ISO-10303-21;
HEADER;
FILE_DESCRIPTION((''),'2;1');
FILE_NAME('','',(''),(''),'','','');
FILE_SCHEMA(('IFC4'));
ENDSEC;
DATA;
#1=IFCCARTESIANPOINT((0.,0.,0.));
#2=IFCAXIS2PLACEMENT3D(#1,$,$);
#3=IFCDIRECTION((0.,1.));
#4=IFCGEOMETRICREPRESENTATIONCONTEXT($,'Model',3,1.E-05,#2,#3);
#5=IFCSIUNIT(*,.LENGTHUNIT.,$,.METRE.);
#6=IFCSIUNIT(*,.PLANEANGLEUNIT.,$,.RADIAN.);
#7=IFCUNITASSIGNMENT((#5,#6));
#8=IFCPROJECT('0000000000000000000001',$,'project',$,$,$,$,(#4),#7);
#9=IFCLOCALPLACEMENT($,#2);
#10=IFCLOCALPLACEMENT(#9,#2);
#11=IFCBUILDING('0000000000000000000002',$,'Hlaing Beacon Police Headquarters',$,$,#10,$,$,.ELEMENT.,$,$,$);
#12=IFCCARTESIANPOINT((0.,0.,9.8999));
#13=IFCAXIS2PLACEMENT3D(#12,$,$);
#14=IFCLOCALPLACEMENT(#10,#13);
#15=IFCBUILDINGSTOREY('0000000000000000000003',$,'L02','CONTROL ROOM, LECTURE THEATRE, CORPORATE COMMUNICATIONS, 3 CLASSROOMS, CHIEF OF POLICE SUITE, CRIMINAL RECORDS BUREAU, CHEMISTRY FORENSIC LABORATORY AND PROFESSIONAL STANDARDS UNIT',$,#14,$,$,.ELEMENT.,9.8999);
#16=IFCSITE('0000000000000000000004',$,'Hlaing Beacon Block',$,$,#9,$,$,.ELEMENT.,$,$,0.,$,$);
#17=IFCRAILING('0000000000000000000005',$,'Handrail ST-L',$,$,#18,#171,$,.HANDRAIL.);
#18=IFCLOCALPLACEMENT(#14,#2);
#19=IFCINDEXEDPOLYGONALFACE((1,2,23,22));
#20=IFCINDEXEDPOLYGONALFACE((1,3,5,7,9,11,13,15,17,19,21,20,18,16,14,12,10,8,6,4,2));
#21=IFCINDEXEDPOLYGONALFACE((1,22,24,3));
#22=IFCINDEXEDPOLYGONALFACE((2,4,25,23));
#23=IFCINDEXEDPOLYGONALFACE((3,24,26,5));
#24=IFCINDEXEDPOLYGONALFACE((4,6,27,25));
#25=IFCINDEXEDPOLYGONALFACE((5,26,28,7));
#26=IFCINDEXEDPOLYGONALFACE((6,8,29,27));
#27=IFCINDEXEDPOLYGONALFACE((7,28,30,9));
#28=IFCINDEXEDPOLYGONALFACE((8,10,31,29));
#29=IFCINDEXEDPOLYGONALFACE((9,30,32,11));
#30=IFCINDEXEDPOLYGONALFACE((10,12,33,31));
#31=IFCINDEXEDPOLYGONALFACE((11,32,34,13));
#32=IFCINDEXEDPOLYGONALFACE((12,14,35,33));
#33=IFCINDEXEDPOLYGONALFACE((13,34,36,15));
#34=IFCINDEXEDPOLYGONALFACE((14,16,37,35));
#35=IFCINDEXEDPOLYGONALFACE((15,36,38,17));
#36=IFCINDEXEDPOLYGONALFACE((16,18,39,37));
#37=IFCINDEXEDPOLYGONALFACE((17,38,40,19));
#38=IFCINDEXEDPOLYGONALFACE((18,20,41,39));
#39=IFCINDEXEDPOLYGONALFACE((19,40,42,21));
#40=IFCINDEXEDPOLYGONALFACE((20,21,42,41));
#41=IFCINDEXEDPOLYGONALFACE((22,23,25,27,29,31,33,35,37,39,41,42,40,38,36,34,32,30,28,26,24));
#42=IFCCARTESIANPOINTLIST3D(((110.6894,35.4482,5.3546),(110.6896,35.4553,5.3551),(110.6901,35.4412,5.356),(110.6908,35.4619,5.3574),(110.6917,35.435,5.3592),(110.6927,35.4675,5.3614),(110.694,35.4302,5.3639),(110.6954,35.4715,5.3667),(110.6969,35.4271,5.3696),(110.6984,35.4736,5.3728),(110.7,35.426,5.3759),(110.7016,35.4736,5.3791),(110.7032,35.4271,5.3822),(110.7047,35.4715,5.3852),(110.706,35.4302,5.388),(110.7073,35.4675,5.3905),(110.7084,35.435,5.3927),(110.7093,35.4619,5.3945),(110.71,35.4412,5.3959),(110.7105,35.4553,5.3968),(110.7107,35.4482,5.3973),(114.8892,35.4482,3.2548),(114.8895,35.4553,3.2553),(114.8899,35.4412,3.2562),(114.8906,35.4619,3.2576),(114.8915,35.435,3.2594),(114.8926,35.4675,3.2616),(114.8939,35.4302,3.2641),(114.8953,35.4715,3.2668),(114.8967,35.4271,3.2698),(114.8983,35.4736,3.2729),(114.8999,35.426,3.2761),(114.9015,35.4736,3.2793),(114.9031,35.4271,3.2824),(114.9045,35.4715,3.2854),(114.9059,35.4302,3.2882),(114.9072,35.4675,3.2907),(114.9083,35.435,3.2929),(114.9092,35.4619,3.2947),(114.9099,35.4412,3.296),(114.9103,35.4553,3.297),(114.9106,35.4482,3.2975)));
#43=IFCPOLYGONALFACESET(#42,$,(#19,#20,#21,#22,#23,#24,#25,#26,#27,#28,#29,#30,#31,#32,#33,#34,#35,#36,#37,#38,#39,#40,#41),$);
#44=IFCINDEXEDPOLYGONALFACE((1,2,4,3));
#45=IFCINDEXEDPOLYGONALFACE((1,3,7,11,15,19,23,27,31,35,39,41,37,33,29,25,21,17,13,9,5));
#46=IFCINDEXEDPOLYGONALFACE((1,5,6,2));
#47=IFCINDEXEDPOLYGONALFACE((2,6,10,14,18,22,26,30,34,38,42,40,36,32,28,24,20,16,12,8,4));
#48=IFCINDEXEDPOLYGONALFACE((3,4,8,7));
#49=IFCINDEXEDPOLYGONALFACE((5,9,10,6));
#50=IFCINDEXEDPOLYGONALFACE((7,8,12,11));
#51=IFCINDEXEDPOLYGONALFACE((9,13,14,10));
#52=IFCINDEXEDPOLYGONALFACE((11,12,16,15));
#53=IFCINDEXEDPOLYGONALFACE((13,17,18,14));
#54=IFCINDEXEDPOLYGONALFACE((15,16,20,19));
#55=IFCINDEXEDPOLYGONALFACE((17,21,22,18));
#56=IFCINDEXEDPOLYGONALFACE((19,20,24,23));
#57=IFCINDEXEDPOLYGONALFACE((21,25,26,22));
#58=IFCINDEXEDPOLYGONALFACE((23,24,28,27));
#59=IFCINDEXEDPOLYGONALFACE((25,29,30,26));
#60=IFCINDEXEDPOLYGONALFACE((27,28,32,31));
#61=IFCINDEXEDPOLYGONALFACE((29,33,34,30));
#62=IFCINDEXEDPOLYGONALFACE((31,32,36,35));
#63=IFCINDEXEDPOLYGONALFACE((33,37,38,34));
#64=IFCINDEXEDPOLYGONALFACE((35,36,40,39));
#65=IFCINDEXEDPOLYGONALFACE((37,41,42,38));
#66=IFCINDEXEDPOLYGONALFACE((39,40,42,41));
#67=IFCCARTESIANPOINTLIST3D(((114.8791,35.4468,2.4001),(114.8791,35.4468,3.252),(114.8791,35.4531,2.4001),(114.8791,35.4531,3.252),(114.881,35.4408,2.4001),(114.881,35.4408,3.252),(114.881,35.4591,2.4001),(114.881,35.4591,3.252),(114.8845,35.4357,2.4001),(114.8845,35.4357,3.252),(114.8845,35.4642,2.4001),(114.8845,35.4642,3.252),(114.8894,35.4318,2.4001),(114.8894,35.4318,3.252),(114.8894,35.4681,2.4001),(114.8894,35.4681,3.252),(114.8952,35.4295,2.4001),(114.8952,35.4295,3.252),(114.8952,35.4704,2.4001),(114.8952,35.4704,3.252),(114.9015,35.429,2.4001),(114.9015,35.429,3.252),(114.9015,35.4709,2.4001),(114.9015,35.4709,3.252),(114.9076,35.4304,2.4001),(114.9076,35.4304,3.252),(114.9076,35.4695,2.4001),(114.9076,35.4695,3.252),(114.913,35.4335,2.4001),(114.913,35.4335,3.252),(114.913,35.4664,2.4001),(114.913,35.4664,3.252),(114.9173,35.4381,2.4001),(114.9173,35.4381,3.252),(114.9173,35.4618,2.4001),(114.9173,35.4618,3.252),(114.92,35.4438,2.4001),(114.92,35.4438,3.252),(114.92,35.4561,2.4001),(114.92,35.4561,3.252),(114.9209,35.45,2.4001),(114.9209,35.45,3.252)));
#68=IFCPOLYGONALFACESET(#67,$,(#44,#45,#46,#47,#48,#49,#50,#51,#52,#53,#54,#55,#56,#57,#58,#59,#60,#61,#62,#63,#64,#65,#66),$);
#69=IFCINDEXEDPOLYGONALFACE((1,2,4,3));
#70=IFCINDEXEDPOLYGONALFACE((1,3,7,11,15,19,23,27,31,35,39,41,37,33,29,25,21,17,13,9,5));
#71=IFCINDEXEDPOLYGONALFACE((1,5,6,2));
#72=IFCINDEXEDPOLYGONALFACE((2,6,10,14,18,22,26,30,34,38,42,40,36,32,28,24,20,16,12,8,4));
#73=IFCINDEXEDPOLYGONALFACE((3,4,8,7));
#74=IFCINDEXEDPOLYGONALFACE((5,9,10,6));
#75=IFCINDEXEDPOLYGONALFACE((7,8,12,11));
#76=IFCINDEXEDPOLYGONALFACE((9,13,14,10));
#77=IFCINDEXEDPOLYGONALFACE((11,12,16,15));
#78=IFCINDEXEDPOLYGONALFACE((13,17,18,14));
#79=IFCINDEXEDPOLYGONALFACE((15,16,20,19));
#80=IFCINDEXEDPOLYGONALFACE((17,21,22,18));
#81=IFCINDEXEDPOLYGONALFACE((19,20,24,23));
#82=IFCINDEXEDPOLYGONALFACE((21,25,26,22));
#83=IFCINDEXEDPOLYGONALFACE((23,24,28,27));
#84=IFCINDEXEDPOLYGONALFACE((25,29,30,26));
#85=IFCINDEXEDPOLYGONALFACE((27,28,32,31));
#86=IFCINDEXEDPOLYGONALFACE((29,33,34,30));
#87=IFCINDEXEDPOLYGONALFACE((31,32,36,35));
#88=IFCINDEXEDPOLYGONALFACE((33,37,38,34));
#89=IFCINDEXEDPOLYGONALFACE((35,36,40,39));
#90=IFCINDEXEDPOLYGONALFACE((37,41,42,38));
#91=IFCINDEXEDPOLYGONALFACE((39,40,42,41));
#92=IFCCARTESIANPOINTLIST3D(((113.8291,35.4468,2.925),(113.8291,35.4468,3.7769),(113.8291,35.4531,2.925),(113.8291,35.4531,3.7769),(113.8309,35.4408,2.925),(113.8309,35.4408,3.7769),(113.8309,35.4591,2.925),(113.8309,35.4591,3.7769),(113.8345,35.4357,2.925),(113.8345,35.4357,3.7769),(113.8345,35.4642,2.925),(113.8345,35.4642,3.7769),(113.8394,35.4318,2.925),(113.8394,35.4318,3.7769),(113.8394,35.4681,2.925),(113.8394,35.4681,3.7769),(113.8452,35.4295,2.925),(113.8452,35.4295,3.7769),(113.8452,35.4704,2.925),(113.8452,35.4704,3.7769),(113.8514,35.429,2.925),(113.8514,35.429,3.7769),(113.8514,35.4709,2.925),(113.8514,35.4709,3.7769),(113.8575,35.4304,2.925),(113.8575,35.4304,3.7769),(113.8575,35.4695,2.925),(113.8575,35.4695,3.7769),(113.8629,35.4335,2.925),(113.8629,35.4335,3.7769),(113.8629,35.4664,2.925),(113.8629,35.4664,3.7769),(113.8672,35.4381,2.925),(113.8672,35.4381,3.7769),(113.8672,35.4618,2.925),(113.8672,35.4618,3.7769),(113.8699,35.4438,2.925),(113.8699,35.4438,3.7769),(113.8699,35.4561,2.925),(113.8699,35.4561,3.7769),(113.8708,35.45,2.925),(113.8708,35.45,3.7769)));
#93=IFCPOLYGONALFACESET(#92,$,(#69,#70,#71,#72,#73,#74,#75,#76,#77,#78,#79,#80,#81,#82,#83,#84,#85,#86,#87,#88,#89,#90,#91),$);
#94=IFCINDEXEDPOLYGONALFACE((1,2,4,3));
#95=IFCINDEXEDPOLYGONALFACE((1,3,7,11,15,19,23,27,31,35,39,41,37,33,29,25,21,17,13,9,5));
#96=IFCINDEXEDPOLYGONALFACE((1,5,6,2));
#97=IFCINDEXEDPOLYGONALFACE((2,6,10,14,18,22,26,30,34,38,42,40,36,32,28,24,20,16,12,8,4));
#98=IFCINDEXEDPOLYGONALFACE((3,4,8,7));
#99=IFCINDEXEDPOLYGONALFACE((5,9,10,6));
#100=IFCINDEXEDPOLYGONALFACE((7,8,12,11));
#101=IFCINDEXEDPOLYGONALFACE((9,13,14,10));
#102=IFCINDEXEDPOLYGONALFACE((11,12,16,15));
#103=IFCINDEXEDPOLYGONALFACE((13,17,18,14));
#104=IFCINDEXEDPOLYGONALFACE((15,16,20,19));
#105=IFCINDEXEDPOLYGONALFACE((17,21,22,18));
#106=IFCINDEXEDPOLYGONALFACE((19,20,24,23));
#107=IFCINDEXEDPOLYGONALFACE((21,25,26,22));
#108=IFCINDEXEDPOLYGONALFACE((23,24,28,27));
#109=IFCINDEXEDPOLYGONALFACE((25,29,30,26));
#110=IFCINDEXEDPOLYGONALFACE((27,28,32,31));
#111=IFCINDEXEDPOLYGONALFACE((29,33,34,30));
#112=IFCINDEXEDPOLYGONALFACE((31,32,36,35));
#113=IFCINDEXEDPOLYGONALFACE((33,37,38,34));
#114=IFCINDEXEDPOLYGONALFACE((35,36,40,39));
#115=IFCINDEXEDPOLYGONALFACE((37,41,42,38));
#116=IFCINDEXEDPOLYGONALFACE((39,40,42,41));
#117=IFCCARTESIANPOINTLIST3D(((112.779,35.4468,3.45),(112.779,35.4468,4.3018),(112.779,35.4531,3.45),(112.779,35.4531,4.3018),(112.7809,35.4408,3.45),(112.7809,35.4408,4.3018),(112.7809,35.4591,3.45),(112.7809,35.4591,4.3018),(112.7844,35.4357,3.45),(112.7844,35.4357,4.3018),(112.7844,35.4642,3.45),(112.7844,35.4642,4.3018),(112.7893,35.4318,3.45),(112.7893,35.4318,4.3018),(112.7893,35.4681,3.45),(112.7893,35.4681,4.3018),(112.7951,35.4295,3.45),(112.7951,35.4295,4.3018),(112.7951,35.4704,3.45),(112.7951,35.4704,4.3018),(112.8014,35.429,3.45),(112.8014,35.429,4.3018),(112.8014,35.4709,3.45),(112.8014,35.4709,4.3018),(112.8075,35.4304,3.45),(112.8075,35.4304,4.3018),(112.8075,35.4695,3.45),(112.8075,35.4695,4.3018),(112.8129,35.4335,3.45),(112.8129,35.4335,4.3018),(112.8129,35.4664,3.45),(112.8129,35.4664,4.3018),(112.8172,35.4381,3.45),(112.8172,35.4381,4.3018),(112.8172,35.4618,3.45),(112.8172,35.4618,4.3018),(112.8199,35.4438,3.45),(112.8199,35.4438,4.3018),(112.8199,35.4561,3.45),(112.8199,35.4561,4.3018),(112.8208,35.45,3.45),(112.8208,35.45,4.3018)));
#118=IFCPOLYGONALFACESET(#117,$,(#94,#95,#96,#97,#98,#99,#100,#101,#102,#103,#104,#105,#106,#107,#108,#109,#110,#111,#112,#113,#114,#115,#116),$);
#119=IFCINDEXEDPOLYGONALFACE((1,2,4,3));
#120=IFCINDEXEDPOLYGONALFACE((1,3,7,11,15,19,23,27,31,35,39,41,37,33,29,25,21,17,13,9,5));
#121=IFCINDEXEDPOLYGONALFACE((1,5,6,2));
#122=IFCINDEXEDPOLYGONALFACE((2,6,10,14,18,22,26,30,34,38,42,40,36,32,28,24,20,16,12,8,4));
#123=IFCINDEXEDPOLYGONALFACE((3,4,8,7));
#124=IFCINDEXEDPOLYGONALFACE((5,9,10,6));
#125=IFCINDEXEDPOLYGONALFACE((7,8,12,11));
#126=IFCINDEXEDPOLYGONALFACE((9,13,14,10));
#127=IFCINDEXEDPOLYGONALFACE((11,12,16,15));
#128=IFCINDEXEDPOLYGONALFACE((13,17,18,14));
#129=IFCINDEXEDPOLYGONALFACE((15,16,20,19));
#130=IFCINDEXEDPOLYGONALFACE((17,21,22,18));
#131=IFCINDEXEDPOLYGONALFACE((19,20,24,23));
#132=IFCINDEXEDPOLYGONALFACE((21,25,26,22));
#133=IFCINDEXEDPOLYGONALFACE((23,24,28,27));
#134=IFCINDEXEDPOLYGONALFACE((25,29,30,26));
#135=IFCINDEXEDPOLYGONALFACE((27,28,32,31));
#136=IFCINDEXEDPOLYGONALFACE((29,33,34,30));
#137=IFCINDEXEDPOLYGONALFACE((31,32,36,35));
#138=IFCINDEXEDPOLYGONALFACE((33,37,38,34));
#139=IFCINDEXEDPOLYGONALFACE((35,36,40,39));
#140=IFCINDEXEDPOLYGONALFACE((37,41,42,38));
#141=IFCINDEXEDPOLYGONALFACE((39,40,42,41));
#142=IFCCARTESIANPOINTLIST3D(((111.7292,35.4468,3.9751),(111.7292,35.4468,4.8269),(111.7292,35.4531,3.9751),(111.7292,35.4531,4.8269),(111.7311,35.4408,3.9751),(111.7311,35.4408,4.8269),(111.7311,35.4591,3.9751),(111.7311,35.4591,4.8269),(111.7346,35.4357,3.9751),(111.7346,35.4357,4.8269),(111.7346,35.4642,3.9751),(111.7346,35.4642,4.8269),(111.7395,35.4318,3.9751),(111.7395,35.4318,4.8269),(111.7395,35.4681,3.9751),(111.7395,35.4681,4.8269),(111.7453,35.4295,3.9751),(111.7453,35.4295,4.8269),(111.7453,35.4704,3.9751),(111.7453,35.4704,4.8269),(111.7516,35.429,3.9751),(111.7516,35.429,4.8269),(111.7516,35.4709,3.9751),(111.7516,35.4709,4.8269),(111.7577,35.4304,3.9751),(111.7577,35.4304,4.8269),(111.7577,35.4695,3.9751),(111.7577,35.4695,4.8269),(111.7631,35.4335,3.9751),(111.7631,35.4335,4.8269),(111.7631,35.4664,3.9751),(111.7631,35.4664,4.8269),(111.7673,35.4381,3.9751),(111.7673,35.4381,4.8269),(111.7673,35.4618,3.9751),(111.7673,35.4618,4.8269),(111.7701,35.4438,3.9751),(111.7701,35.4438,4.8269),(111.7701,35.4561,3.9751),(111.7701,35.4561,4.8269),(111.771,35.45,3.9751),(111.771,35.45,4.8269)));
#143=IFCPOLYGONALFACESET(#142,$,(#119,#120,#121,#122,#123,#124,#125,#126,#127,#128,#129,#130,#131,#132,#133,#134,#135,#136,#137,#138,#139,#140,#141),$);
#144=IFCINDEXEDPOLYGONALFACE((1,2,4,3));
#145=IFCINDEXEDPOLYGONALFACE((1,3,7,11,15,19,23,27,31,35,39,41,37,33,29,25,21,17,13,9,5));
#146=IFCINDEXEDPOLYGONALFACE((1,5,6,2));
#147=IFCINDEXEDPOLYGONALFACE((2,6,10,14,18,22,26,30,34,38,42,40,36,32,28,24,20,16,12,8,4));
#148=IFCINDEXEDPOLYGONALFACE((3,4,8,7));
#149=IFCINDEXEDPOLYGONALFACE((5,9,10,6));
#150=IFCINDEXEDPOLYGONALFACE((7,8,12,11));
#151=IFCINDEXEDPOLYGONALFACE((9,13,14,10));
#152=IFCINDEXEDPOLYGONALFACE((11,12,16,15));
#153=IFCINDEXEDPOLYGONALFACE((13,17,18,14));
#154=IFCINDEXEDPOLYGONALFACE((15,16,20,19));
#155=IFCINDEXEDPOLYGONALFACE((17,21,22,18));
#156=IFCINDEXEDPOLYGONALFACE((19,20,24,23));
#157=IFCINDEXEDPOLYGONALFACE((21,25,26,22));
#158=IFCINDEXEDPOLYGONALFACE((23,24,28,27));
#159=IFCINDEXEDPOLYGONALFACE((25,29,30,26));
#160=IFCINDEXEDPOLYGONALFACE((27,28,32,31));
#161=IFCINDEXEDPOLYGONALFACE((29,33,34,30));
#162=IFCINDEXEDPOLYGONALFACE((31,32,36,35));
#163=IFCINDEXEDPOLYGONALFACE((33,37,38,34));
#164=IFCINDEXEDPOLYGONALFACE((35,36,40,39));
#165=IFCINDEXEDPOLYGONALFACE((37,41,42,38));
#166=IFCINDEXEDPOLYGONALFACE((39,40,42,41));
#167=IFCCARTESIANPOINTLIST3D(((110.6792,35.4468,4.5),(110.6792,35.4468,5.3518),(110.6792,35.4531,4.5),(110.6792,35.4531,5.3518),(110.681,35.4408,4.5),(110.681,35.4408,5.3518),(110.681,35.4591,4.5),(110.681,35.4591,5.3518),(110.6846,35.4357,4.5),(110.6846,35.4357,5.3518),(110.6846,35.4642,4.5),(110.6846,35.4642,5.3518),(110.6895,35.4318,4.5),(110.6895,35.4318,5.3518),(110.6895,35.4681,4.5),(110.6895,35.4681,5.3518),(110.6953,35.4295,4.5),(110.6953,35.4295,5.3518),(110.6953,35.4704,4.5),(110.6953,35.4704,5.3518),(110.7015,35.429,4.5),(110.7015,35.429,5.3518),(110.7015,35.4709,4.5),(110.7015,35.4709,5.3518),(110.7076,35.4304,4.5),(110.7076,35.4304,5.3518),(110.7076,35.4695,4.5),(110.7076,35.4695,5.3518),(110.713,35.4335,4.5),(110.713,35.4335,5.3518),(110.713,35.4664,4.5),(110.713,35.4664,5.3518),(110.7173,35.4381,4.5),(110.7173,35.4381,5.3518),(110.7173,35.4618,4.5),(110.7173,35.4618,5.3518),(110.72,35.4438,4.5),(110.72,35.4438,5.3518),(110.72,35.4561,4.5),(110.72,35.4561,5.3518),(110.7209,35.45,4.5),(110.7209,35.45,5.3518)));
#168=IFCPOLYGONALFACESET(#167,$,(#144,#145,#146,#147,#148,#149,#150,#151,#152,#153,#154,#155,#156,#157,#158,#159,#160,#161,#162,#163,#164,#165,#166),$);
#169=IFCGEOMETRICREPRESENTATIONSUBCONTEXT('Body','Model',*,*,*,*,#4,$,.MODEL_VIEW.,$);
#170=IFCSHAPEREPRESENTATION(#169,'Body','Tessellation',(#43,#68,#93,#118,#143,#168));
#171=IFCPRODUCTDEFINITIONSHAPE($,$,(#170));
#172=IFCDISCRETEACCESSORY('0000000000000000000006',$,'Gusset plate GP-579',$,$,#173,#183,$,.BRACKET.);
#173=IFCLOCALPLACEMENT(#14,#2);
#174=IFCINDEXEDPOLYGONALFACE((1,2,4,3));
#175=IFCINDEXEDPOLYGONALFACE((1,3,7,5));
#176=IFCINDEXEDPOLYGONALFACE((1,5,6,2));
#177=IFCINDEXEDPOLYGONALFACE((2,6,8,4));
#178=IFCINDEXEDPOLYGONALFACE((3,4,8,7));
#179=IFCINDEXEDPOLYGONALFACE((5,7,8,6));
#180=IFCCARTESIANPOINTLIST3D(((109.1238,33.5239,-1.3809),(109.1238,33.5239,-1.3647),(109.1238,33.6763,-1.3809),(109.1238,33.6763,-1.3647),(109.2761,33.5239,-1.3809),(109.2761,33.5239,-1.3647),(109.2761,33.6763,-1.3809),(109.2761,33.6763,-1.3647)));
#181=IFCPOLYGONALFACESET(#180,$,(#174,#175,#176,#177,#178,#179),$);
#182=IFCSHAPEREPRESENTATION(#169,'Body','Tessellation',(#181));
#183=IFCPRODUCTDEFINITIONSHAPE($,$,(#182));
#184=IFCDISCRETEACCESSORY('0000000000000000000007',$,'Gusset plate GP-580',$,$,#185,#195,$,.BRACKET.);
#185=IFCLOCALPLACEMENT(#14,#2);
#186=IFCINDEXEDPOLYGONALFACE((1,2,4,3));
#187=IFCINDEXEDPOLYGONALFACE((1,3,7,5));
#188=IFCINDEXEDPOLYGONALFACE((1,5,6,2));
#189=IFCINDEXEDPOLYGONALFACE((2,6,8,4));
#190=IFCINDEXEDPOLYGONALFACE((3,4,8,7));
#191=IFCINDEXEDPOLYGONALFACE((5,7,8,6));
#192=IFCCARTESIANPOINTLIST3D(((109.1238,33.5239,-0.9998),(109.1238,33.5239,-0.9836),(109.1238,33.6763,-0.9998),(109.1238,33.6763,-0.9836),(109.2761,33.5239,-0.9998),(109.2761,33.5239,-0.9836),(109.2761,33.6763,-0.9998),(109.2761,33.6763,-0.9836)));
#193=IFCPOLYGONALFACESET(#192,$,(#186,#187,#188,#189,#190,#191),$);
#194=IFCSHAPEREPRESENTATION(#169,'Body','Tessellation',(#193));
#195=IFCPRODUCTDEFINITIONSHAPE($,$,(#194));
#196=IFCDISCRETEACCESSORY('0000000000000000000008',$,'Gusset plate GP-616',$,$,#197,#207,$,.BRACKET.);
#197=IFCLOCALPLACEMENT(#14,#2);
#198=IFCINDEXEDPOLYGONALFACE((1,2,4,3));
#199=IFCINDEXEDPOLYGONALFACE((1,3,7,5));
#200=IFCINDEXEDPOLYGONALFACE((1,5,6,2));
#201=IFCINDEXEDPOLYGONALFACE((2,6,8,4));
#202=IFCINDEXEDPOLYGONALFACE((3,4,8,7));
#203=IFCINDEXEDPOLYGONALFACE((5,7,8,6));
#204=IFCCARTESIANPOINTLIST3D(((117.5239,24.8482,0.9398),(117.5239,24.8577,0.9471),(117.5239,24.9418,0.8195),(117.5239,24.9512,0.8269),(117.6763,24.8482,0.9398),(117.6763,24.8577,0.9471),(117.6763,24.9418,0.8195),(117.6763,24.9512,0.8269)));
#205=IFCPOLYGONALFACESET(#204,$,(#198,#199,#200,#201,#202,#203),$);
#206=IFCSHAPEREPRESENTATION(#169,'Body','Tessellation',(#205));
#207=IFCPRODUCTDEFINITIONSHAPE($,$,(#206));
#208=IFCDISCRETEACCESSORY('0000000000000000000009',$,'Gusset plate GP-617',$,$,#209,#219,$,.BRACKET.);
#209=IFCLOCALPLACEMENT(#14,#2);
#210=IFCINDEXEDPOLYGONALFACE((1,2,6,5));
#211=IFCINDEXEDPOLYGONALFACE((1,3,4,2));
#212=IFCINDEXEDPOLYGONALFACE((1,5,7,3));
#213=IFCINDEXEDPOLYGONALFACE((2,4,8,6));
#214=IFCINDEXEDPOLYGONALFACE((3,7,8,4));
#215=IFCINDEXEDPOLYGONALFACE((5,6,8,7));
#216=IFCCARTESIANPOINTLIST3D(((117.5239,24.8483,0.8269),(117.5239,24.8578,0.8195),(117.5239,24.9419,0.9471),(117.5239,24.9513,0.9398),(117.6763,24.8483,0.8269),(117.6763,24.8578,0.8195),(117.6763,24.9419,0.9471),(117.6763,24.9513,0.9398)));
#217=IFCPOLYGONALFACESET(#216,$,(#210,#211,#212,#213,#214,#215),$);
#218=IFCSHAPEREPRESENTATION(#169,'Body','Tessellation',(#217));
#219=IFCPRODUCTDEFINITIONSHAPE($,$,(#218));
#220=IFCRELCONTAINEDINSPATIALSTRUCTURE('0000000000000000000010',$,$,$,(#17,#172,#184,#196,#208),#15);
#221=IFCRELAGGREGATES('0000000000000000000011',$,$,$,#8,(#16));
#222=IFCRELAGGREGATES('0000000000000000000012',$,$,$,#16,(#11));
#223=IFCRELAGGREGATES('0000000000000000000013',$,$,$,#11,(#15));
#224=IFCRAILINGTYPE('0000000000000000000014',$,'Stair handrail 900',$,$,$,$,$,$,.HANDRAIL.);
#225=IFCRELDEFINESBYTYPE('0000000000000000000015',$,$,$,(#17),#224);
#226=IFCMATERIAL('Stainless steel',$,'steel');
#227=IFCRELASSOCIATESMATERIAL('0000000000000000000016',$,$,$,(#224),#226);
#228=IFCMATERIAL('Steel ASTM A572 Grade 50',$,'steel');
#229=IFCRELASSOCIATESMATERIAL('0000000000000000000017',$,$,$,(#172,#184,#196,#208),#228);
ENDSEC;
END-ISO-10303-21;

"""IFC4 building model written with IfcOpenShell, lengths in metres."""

from ifc_helpers import new_model, si_unit, direction, frame, origin, origin_2d, place, context, subcontext, project, spatial, rectangle, circle, extrude, material, type_object, element, save


model = new_model("IFC4")

# Units and contexts
model_context = context("Model", 3, precision=1e-05, world=origin(), true_north=direction((0.0, 1.0)))
body_context = subcontext(model_context, "Body", "Model", "MODEL_VIEW")
ifc_project = project(units=[si_unit("LENGTHUNIT", "METRE"), si_unit("PLANEANGLEUNIT", "RADIAN")], contexts=[model_context])

# Site, building, storey
site_placement = place(None, origin())
site = spatial("IfcSite", under=ifc_project, at=site_placement, Name="Hlaing Beacon Block", CompositionType="ELEMENT", RefElevation=0.0)
building_placement = place(site_placement, origin())
building = spatial("IfcBuilding", under=site, at=building_placement, Name="Hlaing Beacon Police Headquarters", CompositionType="ELEMENT")
storey_placement = place(building_placement, frame((0.0, 0.0, 9.8999)))
storey = spatial("IfcBuildingStorey", under=building, at=storey_placement, Name="L02", Description="CONTROL ROOM, LECTURE THEATRE, CORPORATE COMMUNICATIONS, 3 CLASSROOMS, CHIEF OF POLICE SUITE, CRIMINAL RECORDS BUREAU, CHEMISTRY FORENSIC LABORATORY AND PROFESSIONAL STANDARDS UNIT", CompositionType="ELEMENT", Elevation=9.8999)

# Railing
ifc_material_1 = material(Name="Stainless steel", Category="steel")
railing_type_1 = type_object("IfcRailingType", Name="Stair handrail 900", PredefinedType="HANDRAIL", material=ifc_material_1)
railing_1_placement = place(storey_placement, frame((114.8999, 35.45, 2.4001)))
element("IfcRailing", 1, at=railing_1_placement, inside=storey, type_object=railing_type_1, Name="Handrail ST-L", PredefinedType="HANDRAIL", context=body_context, shape_type="SweptSolid", body=[
    extrude(circle(Radius=0.0239, at=origin_2d()), frame((0.0, 0.0, 0.876), z_axis=(-0.894438, 0.0, 0.447193), x_axis=(0.0, -1.0, 0.0)), (0.0, 0.0, 1.0), 4.6956),
    extrude(circle(Radius=0.021, at=origin_2d()), origin(), (0.0, 0.0, 1.0), 0.8518),
    extrude(circle(Radius=0.021, at=origin_2d()), frame((-1.05, 0.0, 0.5249)), (0.0, 0.0, 1.0), 0.8518),
    extrude(circle(Radius=0.021, at=origin_2d()), frame((-2.1001, 0.0, 1.0498)), (0.0, 0.0, 1.0), 0.8518),
    extrude(circle(Radius=0.021, at=origin_2d()), frame((-3.1499, 0.0, 1.575)), (0.0, 0.0, 1.0), 0.8518),
    extrude(circle(Radius=0.021, at=origin_2d()), frame((-4.2, 0.0, 2.0999)), (0.0, 0.0, 1.0), 0.8518),
])

# Discrete accessories
ifc_material_2 = material(Name="Steel ASTM A572 Grade 50", Category="steel")
for number, where, z_axis, x_axis, name in (
    (2, (109.2, 33.6001, -1.3647), (0.0, 0.0, -1.0), (1.0, 0.0, 0.0), "Gusset plate GP-579"),
    (3, (109.2, 33.6001, -0.9998), (0.0, 0.0, 1.0), (1.0, 0.0, 0.0), "Gusset plate GP-580"),
):
    element("IfcDiscreteAccessory", number, at=place(storey_placement, frame(where, z_axis=z_axis, x_axis=x_axis)), inside=storey, material=ifc_material_2, Name=name, PredefinedType="BRACKET", context=body_context, shape_type="SweptSolid", body=[
        extrude(rectangle(XDim=0.1523, YDim=0.1523, at=origin_2d()), origin(), (0.0, 0.0, 1.0), 0.0161),
    ])
for number, where, z_axis, x_axis, name in (
    (4, (117.6001, 24.895, 0.8796), (0.0, 0.78927, 0.614046), (-1.0, 0.0, 0.0), "Gusset plate GP-616"),
    (5, (117.6001, 24.9045, 0.8796), (0.0, -0.789295, 0.614014), (1.0, 0.0, 0.0), "Gusset plate GP-617"),
):
    element("IfcDiscreteAccessory", number, at=place(storey_placement, frame(where, z_axis=z_axis, x_axis=x_axis)), inside=storey, material=ifc_material_2, Name=name, PredefinedType="BRACKET", context=body_context, shape_type="SweptSolid", body=[
        extrude(rectangle(XDim=0.1523, YDim=0.1523, at=origin_2d()), origin(), (0.0, 0.0, 1.0), 0.012),
    ])

save(model, "model.ifc")
